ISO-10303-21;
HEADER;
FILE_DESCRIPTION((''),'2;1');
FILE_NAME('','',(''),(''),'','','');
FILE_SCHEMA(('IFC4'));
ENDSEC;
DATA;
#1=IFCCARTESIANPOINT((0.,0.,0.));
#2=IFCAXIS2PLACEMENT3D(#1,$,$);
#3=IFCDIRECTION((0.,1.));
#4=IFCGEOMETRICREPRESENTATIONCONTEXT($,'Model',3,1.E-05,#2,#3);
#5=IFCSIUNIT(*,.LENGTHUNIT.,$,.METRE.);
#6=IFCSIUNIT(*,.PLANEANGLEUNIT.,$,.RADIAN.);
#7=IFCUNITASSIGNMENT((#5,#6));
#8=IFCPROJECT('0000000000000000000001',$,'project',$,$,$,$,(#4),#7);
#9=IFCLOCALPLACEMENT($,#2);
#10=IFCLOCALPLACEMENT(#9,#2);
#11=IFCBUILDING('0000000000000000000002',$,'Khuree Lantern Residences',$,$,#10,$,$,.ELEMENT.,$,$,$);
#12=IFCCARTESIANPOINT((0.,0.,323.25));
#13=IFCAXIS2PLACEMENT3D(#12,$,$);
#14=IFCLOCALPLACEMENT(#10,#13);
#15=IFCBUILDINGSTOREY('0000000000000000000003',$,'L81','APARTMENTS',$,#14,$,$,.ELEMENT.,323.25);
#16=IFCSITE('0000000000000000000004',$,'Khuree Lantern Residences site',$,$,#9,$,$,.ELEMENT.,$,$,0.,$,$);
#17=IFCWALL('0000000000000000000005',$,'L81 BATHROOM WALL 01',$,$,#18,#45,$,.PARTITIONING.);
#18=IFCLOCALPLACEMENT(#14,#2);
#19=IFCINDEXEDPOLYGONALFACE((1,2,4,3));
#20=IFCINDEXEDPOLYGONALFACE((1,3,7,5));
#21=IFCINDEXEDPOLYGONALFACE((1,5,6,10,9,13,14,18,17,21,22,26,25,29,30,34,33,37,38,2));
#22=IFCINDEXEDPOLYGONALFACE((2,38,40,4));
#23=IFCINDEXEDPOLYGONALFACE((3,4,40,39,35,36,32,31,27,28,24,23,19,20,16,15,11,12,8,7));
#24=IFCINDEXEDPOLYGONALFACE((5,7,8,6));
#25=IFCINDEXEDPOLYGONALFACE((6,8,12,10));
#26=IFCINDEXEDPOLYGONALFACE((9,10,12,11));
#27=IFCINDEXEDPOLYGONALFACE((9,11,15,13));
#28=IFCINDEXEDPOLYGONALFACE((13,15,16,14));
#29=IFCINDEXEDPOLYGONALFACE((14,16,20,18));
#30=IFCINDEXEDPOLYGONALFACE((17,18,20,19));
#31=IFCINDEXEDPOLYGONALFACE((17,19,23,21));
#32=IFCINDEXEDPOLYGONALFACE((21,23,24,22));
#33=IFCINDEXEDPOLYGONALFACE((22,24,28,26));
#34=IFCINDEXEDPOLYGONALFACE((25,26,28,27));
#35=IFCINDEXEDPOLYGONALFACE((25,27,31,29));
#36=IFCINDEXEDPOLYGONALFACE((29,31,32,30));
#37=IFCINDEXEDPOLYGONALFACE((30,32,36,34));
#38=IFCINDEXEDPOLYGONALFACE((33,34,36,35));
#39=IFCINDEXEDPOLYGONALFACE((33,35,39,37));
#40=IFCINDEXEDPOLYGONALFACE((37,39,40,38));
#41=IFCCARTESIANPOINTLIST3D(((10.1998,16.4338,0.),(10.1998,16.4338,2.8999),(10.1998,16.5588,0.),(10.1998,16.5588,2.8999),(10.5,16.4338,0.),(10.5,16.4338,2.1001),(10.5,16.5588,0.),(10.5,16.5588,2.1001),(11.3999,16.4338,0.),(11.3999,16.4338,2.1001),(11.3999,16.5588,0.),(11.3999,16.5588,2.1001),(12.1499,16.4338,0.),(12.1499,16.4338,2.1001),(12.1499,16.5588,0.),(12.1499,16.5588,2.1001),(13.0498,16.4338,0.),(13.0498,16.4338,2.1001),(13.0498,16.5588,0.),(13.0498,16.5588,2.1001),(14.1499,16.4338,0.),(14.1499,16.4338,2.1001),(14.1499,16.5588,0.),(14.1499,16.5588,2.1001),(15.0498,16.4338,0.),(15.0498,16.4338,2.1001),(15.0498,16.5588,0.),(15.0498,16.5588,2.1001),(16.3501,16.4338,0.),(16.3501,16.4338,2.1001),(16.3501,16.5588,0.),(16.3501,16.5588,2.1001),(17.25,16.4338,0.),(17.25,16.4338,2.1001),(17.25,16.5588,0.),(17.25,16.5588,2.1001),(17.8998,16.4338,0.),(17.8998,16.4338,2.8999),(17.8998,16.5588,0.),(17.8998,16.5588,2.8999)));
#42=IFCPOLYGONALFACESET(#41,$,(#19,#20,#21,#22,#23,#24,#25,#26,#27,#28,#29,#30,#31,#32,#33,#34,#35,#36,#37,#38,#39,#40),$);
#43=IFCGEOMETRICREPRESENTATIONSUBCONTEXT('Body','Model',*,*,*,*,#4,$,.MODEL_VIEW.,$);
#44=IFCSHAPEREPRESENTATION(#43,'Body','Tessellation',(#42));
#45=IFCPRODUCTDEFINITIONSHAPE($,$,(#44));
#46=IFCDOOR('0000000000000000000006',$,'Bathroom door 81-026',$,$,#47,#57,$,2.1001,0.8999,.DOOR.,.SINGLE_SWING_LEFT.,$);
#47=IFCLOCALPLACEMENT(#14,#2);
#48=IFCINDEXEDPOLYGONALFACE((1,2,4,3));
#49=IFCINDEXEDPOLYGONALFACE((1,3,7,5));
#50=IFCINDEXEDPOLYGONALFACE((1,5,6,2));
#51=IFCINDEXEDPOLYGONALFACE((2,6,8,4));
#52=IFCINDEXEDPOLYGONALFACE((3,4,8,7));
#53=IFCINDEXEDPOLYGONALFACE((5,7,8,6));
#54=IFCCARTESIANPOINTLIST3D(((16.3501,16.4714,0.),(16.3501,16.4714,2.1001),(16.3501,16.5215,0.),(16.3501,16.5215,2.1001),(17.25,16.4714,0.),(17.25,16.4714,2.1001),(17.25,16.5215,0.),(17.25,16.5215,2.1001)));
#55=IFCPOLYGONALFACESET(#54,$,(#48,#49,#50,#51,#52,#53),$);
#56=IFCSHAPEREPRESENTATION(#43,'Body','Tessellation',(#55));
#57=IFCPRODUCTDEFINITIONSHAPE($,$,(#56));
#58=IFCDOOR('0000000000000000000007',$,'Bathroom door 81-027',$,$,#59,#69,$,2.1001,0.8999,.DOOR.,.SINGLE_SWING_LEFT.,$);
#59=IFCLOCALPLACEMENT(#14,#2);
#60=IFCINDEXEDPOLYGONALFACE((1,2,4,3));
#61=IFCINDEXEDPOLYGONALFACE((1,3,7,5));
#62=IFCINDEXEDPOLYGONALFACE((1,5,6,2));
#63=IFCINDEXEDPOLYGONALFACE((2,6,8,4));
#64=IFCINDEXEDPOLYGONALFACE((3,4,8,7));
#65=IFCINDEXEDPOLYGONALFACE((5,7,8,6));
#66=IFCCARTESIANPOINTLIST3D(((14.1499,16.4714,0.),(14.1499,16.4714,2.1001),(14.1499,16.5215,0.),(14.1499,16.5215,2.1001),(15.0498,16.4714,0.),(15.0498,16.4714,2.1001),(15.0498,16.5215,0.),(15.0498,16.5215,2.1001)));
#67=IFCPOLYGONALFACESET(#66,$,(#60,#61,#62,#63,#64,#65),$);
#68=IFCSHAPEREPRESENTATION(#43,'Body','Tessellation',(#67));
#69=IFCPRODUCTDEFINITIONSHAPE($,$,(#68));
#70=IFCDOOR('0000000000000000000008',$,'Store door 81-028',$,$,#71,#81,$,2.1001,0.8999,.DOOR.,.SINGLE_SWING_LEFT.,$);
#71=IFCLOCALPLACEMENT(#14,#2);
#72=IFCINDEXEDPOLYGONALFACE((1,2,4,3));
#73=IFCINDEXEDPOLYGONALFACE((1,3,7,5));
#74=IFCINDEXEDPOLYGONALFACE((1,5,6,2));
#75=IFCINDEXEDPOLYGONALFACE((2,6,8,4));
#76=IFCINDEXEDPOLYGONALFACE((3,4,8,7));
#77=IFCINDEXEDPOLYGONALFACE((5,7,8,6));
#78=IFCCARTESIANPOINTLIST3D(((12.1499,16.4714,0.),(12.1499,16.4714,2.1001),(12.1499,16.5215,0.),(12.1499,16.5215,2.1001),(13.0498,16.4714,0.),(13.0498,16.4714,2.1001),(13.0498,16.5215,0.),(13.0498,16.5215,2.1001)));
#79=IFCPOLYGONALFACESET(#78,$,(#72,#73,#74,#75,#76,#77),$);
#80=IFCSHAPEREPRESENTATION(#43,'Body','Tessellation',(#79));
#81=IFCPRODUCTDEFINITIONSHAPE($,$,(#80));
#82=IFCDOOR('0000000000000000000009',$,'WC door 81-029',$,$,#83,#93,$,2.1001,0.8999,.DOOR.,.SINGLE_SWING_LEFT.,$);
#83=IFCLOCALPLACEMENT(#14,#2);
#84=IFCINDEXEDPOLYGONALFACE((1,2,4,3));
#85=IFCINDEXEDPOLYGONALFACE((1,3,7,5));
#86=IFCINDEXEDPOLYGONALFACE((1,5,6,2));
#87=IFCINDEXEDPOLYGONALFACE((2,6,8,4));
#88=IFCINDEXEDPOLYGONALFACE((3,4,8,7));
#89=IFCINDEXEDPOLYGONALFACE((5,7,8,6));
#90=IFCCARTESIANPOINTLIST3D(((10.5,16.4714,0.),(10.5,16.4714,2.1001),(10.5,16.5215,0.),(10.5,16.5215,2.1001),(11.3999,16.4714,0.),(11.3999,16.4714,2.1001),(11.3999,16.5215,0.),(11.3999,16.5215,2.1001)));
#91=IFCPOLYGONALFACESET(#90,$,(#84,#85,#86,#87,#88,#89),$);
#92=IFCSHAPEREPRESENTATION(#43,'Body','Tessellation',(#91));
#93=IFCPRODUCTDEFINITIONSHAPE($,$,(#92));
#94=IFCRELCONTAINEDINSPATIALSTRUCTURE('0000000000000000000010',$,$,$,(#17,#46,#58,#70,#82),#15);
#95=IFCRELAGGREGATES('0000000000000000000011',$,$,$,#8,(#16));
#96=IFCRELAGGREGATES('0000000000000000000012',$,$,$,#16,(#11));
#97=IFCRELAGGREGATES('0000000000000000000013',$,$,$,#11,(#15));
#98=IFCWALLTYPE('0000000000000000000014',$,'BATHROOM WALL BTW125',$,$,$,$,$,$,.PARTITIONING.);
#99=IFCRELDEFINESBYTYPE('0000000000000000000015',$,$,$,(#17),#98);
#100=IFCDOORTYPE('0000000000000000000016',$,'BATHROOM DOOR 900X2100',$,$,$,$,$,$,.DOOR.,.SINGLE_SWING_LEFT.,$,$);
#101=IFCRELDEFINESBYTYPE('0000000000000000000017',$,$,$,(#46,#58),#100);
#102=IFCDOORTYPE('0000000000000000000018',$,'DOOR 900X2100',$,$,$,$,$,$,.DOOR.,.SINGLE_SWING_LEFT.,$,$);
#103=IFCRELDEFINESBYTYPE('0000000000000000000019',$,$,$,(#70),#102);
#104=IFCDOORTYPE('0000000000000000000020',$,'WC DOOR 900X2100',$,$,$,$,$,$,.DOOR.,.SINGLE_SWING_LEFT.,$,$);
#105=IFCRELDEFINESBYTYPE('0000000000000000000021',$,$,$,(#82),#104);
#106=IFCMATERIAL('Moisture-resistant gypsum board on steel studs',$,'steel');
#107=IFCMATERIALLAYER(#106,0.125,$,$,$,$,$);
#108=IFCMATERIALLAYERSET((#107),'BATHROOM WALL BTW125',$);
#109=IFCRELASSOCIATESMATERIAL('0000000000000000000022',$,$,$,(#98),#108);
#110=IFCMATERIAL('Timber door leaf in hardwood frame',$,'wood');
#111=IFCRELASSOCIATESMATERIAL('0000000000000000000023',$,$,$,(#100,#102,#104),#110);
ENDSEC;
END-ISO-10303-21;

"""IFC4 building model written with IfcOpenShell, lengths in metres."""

from ifc_helpers import new_model, si_unit, direction, frame, frame_2d, origin, place, context, subcontext, project, spatial, rectangle, extrude, material, layer, layer_set, type_object, element, fill, save


model = new_model("IFC4")

# Units and contexts
model_context = context("Model", 3, precision=1e-05, world=origin(), true_north=direction((0.0, 1.0)))
body_context = subcontext(model_context, "Body", "Model", "MODEL_VIEW")
ifc_project = project(units=[si_unit("LENGTHUNIT", "METRE"), si_unit("PLANEANGLEUNIT", "RADIAN")], contexts=[model_context])

# Site, building, storey
site_placement = place(None, origin())
site = spatial("IfcSite", under=ifc_project, at=site_placement, Name="Khuree Lantern Residences site", CompositionType="ELEMENT", RefElevation=0.0)
building_placement = place(site_placement, origin())
building = spatial("IfcBuilding", under=site, at=building_placement, Name="Khuree Lantern Residences", CompositionType="ELEMENT")
storey_placement = place(building_placement, frame((0.0, 0.0, 323.25)))
storey = spatial("IfcBuildingStorey", under=building, at=storey_placement, Name="L81", Description="APARTMENTS", CompositionType="ELEMENT", Elevation=323.25)

# Wall, openings, doors
ifc_material_1 = material(Name="Moisture-resistant gypsum board on steel studs", Category="steel")
ifc_layer_1 = layer(ifc_material_1, 0.125)
ifc_layer_set_1 = layer_set([ifc_layer_1], Name="BATHROOM WALL BTW125")
wall_type = type_object("IfcWallType", Name="BATHROOM WALL BTW125", PredefinedType="PARTITIONING", material=ifc_layer_set_1)
wall_placement = place(storey_placement, frame((17.8999, 16.4963, 0.0), z_axis=(0.0, 0.0, 1.0), x_axis=(-1.0, 0.0, 0.0)))
wall = element("IfcWall", 1, at=wall_placement, inside=storey, type_object=wall_type, Name="L81 BATHROOM WALL 01", PredefinedType="PARTITIONING", context=body_context, shape_type="SweptSolid", body=[
    extrude(rectangle(XDim=7.7, YDim=0.125, at=frame_2d((3.8501, 0.0))), origin(), (0.0, 0.0, 1.0), 2.8999),
])
opening_1_placement = place(wall_placement, frame((0.6499, 0.0, 0.0)))
opening_1 = element("IfcOpeningElement", 2, at=opening_1_placement, cuts=wall, PredefinedType="OPENING", context=body_context, shape_type="SweptSolid", body=[
    extrude(rectangle(XDim=0.8999, YDim=2.1001, at=frame_2d((0.45, 1.05))), frame((0.0, 0.0725, 0.0), z_axis=(0.0, -1.0, 0.0), x_axis=(1.0, 0.0, 0.0)), (0.0, 0.0, 1.0), 0.145),
])
opening_2_placement = place(wall_placement, frame((2.8501, 0.0, 0.0)))
opening_2 = element("IfcOpeningElement", 3, at=opening_2_placement, cuts=wall, PredefinedType="OPENING", context=body_context, shape_type="SweptSolid", body=[
    extrude(rectangle(XDim=0.8999, YDim=2.1001, at=frame_2d((0.45, 1.05))), frame((0.0, 0.0725, 0.0), z_axis=(0.0, -1.0, 0.0), x_axis=(1.0, 0.0, 0.0)), (0.0, 0.0, 1.0), 0.145),
])
opening_3_placement = place(wall_placement, frame((4.8501, 0.0, 0.0)))
opening_3 = element("IfcOpeningElement", 4, at=opening_3_placement, cuts=wall, PredefinedType="OPENING", context=body_context, shape_type="SweptSolid", body=[
    extrude(rectangle(XDim=0.8999, YDim=2.1001, at=frame_2d((0.45, 1.05))), frame((0.0, 0.0725, 0.0), z_axis=(0.0, -1.0, 0.0), x_axis=(1.0, 0.0, 0.0)), (0.0, 0.0, 1.0), 0.145),
])
opening_4_placement = place(wall_placement, frame((6.5, 0.0, 0.0)))
opening_4 = element("IfcOpeningElement", 5, at=opening_4_placement, cuts=wall, PredefinedType="OPENING", context=body_context, shape_type="SweptSolid", body=[
    extrude(rectangle(XDim=0.8999, YDim=2.1001, at=frame_2d((0.45, 1.05))), frame((0.0, 0.0725, 0.0), z_axis=(0.0, -1.0, 0.0), x_axis=(1.0, 0.0, 0.0)), (0.0, 0.0, 1.0), 0.145),
])
ifc_material_2 = material(Name="Timber door leaf in hardwood frame", Category="wood")
door_type_1 = type_object("IfcDoorType", Name="BATHROOM DOOR 900X2100", OperationType="SINGLE_SWING_LEFT", PredefinedType="DOOR", material=ifc_material_2)
door_1_placement = place(opening_1_placement, origin())
door_1 = element("IfcDoor", 6, at=door_1_placement, inside=storey, type_object=door_type_1, Name="Bathroom door 81-026", OperationType="SINGLE_SWING_LEFT", OverallHeight=2.1001, OverallWidth=0.8999, PredefinedType="DOOR", context=body_context, shape_type="SweptSolid", body=[
    extrude(rectangle(XDim=0.8999, YDim=2.1001, at=frame_2d((0.45, 1.05))), frame((0.0, 0.0249, 0.0), z_axis=(0.0, -1.0, 0.0), x_axis=(1.0, 0.0, 0.0)), (0.0, 0.0, 1.0), 0.05),
])
fill(opening_1, door_1)
door_2_placement = place(opening_2_placement, origin())
door_2 = element("IfcDoor", 7, at=door_2_placement, inside=storey, type_object=door_type_1, Name="Bathroom door 81-027", OperationType="SINGLE_SWING_LEFT", OverallHeight=2.1001, OverallWidth=0.8999, PredefinedType="DOOR", context=body_context, shape_type="SweptSolid", body=[
    extrude(rectangle(XDim=0.8999, YDim=2.1001, at=frame_2d((0.45, 1.05))), frame((0.0, 0.0249, 0.0), z_axis=(0.0, -1.0, 0.0), x_axis=(1.0, 0.0, 0.0)), (0.0, 0.0, 1.0), 0.05),
])
fill(opening_2, door_2)
door_type_2 = type_object("IfcDoorType", Name="DOOR 900X2100", OperationType="SINGLE_SWING_LEFT", PredefinedType="DOOR", material=ifc_material_2)
door_3_placement = place(opening_3_placement, origin())
door_3 = element("IfcDoor", 8, at=door_3_placement, inside=storey, type_object=door_type_2, Name="Store door 81-028", OperationType="SINGLE_SWING_LEFT", OverallHeight=2.1001, OverallWidth=0.8999, PredefinedType="DOOR", context=body_context, shape_type="SweptSolid", body=[
    extrude(rectangle(XDim=0.8999, YDim=2.1001, at=frame_2d((0.45, 1.05))), frame((0.0, 0.0249, 0.0), z_axis=(0.0, -1.0, 0.0), x_axis=(1.0, 0.0, 0.0)), (0.0, 0.0, 1.0), 0.05),
])
fill(opening_3, door_3)
door_type_3 = type_object("IfcDoorType", Name="WC DOOR 900X2100", OperationType="SINGLE_SWING_LEFT", PredefinedType="DOOR", material=ifc_material_2)
door_4_placement = place(opening_4_placement, origin())
door_4 = element("IfcDoor", 9, at=door_4_placement, inside=storey, type_object=door_type_3, Name="WC door 81-029", OperationType="SINGLE_SWING_LEFT", OverallHeight=2.1001, OverallWidth=0.8999, PredefinedType="DOOR", context=body_context, shape_type="SweptSolid", body=[
    extrude(rectangle(XDim=0.8999, YDim=2.1001, at=frame_2d((0.45, 1.05))), frame((0.0, 0.0249, 0.0), z_axis=(0.0, -1.0, 0.0), x_axis=(1.0, 0.0, 0.0)), (0.0, 0.0, 1.0), 0.05),
])
fill(opening_4, door_4)

save(model, "model.ifc")
